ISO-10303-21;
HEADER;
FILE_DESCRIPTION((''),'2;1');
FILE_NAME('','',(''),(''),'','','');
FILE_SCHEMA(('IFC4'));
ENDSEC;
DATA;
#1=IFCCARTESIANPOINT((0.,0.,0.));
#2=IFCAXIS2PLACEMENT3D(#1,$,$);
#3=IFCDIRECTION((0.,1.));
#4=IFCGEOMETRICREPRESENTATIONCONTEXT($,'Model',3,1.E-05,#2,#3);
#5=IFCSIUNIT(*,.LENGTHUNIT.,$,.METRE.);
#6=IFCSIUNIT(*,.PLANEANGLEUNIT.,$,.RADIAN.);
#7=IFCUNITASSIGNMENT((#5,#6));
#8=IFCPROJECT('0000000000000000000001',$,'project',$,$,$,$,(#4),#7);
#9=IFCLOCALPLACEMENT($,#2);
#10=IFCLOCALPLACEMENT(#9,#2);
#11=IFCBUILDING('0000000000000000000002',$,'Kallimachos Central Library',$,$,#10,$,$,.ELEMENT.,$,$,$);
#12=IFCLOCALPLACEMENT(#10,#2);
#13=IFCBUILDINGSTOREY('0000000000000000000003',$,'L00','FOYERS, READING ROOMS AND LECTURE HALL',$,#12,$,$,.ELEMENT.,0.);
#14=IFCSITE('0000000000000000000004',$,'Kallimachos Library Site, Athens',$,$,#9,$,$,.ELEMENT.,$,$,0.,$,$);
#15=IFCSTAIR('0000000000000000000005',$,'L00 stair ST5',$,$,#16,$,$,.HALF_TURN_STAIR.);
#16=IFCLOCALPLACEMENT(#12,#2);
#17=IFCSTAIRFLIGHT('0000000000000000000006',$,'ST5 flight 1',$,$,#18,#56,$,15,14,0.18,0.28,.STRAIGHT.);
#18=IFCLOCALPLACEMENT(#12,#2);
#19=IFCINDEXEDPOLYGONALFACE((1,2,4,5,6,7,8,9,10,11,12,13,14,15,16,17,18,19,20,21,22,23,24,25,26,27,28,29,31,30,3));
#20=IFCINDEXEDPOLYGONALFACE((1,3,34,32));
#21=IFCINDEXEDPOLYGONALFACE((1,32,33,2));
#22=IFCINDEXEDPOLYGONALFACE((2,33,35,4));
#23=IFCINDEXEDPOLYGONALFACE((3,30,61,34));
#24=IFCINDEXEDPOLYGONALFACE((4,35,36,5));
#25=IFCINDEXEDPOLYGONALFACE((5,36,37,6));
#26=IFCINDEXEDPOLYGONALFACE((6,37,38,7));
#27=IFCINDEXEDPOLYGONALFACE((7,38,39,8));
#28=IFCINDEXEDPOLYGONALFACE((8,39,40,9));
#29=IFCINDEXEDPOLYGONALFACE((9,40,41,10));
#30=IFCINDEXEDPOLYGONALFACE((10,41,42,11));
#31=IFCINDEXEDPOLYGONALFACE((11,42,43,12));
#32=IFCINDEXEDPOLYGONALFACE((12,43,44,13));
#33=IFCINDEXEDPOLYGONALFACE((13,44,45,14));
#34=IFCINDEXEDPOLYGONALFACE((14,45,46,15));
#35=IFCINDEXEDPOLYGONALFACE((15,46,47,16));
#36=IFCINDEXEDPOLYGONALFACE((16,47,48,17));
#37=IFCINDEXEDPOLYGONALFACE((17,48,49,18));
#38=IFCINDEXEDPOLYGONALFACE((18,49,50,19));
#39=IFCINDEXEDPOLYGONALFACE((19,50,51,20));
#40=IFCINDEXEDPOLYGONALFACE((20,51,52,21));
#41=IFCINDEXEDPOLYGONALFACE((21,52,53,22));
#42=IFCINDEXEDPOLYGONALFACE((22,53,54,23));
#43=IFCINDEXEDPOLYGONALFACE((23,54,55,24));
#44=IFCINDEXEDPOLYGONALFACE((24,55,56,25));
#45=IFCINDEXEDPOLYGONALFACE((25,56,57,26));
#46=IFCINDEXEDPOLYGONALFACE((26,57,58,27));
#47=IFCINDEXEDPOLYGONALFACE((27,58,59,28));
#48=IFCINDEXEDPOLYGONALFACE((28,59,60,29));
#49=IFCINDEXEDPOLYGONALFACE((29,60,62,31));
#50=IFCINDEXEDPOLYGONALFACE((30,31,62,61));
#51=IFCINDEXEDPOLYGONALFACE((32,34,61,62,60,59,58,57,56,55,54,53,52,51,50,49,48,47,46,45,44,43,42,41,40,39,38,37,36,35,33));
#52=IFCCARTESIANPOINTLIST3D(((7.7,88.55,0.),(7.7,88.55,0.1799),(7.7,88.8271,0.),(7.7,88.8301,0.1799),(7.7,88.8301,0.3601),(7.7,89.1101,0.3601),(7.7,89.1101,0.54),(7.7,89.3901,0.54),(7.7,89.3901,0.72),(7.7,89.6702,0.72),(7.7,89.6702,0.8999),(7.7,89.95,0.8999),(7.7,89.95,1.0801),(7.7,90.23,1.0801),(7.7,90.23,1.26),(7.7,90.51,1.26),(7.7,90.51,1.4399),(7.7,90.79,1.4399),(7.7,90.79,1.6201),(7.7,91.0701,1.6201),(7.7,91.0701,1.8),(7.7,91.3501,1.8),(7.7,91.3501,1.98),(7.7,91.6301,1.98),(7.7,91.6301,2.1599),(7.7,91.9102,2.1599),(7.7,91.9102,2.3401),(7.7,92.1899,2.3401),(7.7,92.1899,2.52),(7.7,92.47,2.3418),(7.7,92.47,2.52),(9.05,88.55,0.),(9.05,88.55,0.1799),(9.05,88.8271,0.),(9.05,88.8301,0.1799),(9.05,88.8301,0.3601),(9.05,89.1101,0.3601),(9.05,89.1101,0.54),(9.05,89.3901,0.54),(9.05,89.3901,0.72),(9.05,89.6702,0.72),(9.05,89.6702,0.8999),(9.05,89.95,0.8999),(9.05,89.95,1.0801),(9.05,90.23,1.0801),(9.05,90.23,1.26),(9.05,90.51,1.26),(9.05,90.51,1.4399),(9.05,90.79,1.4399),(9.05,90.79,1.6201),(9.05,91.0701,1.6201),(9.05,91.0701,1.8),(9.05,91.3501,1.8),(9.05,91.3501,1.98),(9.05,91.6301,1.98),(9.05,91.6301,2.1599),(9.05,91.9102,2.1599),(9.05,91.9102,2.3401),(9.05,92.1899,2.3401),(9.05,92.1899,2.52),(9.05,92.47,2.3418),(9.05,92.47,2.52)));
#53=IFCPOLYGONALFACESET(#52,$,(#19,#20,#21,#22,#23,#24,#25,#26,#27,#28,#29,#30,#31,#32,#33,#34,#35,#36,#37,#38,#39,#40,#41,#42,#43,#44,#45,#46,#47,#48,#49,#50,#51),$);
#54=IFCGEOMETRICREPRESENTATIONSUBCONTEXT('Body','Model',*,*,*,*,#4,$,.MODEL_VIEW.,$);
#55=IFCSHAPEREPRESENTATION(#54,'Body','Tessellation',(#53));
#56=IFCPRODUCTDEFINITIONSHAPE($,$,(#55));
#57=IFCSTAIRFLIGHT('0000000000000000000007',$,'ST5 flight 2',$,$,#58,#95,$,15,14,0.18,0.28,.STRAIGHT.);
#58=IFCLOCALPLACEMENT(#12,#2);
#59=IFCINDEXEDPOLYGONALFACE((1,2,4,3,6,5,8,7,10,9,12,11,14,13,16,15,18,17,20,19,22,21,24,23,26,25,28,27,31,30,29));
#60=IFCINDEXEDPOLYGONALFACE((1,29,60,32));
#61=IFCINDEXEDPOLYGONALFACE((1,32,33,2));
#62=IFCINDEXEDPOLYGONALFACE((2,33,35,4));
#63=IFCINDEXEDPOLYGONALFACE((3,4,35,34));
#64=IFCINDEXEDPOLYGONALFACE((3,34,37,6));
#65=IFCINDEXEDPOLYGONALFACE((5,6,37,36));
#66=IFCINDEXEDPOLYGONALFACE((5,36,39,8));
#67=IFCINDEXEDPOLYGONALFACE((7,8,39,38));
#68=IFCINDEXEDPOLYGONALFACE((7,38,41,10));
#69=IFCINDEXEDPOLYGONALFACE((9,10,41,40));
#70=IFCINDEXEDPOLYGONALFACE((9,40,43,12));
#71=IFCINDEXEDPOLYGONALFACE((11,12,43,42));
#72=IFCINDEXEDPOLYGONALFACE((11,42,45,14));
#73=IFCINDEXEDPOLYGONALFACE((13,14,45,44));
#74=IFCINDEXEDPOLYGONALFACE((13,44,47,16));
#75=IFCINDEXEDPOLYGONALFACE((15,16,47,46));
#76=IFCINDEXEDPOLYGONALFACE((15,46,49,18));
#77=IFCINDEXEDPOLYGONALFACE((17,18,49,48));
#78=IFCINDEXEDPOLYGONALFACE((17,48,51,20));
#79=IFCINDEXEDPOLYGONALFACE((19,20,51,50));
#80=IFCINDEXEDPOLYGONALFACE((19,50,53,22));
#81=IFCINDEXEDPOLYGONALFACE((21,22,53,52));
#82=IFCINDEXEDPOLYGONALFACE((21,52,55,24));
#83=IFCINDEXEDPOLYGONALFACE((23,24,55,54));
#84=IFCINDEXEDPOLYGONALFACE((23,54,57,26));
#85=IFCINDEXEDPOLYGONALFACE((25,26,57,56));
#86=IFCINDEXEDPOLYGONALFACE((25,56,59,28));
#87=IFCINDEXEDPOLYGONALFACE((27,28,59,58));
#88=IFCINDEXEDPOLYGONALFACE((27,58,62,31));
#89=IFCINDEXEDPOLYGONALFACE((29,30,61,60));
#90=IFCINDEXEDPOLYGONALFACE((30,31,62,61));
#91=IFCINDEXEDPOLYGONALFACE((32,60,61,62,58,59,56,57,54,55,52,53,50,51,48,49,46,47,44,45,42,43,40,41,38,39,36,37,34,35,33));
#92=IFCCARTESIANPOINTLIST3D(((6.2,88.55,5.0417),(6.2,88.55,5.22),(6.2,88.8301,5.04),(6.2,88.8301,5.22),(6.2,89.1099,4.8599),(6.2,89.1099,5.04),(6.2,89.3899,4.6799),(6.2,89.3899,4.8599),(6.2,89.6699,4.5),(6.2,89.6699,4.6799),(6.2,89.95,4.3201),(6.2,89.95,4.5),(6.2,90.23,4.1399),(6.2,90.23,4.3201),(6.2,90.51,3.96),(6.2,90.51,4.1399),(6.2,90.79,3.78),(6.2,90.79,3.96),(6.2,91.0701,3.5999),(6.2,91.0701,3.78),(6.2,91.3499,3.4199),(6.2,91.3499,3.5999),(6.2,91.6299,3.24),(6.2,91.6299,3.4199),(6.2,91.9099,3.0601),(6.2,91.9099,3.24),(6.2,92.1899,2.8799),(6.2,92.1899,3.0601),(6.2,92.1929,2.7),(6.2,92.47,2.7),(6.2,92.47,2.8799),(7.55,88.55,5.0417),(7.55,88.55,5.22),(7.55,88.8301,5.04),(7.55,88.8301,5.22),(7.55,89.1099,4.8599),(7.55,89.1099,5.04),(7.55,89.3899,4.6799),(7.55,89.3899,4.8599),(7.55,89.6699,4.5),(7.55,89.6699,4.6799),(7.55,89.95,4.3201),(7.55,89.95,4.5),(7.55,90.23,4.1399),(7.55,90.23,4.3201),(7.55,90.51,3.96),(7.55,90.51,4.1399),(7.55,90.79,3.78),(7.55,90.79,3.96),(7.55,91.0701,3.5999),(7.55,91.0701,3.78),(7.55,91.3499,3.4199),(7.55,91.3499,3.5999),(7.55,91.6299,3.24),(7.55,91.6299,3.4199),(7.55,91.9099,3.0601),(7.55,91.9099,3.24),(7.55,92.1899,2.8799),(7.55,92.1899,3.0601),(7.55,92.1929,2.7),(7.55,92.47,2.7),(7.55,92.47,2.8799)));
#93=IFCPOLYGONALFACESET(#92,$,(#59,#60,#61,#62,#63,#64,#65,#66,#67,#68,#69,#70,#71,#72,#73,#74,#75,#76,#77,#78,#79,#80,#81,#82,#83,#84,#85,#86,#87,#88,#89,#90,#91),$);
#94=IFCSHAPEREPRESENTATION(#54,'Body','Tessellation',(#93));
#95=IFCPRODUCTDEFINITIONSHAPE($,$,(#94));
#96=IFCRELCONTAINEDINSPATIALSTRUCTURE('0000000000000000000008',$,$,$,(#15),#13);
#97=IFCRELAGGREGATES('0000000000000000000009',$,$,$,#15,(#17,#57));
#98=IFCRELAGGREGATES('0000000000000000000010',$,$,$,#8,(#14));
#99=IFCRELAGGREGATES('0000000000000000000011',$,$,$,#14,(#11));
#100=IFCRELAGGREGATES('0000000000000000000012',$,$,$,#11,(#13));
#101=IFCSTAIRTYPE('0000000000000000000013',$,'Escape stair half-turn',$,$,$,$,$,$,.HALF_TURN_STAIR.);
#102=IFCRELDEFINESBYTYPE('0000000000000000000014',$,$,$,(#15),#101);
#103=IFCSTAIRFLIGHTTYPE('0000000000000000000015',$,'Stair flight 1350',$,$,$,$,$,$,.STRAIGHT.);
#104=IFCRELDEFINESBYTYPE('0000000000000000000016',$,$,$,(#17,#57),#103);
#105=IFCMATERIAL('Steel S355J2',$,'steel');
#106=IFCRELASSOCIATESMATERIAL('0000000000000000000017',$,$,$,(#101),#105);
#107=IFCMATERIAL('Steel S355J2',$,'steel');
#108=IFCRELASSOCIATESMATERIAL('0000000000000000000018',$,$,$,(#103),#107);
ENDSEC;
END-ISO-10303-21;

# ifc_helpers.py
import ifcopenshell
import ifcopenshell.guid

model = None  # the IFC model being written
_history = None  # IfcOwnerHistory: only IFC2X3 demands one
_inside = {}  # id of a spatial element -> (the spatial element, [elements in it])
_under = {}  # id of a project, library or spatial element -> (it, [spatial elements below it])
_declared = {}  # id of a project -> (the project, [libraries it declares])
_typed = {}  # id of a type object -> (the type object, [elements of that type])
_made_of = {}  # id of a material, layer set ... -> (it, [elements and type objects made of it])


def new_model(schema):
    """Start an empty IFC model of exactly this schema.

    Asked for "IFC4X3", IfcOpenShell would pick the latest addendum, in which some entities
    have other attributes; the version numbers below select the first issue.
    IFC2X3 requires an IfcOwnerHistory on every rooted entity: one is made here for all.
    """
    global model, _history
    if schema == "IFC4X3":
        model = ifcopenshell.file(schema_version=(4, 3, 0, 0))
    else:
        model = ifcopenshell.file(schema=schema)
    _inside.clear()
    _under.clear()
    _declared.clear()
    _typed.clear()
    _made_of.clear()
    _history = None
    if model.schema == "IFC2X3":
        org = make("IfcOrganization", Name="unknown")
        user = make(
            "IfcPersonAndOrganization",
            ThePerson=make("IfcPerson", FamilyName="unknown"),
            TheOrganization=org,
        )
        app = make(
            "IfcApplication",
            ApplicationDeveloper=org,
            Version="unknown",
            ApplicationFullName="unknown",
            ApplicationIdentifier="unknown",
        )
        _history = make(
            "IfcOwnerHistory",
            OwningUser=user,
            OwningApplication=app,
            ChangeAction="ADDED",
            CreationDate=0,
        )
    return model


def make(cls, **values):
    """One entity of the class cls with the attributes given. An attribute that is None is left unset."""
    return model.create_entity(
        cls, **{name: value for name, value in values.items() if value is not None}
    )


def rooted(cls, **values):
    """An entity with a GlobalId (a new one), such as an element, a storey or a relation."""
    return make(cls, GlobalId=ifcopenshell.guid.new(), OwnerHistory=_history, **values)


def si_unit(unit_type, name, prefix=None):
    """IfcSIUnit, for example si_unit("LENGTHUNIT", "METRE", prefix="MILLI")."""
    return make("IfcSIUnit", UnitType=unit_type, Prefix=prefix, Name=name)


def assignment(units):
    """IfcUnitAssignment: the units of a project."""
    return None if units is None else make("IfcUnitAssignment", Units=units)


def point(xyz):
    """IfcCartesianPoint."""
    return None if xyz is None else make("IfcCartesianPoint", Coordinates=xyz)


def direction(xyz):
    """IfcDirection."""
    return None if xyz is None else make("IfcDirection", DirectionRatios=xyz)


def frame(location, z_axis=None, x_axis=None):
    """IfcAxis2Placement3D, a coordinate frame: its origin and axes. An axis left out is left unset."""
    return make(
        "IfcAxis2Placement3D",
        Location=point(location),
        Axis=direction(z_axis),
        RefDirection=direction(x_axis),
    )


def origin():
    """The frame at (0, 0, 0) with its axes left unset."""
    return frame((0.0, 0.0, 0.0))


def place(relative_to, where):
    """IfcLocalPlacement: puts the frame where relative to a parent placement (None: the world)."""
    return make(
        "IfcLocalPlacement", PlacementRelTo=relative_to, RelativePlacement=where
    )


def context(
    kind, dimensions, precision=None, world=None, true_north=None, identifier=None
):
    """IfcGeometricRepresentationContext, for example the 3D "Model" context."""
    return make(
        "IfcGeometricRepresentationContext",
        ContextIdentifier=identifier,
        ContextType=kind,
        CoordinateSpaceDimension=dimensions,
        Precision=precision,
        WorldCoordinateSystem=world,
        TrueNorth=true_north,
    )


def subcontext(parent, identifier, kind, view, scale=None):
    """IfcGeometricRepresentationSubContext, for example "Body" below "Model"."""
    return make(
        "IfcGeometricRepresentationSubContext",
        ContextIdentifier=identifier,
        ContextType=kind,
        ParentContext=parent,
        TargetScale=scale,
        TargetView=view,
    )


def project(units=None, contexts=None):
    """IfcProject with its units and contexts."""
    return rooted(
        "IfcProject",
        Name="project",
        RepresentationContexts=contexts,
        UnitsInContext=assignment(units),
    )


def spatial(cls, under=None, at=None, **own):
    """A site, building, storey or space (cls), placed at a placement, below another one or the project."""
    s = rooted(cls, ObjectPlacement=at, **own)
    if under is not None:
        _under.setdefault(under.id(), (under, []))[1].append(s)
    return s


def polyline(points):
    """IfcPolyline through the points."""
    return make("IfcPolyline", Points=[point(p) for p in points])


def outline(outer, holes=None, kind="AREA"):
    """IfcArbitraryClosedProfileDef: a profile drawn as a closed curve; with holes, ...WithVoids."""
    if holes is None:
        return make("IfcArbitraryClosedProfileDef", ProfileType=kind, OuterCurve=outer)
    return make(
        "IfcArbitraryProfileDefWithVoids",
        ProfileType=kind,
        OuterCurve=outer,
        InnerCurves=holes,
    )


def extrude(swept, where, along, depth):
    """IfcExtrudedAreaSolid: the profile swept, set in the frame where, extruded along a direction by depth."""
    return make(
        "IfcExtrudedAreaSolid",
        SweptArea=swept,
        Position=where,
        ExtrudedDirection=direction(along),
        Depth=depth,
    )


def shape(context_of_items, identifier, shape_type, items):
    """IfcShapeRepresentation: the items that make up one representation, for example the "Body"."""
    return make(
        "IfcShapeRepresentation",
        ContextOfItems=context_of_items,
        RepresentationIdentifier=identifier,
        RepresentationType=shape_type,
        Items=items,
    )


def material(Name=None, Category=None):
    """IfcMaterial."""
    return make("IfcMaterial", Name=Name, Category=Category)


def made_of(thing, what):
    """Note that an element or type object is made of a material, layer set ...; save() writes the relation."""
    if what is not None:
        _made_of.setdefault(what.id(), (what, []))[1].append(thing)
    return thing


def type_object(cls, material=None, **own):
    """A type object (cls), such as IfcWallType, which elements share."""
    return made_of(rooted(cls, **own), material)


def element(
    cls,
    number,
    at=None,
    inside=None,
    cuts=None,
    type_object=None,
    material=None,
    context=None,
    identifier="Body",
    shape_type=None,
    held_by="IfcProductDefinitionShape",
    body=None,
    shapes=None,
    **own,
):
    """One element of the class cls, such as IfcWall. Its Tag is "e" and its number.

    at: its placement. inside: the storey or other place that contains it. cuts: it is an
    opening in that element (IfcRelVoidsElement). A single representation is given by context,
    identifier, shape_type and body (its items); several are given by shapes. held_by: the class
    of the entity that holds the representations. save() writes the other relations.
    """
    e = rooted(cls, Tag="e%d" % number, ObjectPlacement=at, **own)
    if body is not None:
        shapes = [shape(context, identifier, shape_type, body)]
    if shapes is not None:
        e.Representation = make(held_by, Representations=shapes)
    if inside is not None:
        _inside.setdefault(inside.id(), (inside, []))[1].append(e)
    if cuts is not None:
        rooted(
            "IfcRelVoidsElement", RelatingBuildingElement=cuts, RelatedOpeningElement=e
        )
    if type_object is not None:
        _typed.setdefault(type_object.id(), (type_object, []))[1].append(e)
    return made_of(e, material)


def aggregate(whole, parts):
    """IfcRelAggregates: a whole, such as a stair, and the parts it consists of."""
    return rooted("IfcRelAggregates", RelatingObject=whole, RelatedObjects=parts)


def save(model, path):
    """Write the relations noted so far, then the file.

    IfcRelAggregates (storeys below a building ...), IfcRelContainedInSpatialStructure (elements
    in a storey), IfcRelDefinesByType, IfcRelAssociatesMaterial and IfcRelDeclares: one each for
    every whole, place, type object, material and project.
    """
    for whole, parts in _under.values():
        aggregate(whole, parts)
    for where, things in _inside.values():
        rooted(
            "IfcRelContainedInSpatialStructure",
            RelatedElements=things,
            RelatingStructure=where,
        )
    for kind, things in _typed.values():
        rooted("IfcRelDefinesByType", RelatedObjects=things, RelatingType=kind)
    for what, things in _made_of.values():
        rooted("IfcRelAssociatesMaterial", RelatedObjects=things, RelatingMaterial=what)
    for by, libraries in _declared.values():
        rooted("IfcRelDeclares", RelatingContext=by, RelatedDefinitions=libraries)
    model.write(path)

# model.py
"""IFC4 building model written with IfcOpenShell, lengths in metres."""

from ifc_helpers import new_model, si_unit, direction, frame, origin, place, context, subcontext, project, spatial, polyline, outline, extrude, material, type_object, element, aggregate, save


model = new_model("IFC4")

# Units and contexts
model_context = context("Model", 3, precision=1e-05, world=origin(), true_north=direction((0.0, 1.0)))
body_context = subcontext(model_context, "Body", "Model", "MODEL_VIEW")
ifc_project = project(units=[si_unit("LENGTHUNIT", "METRE"), si_unit("PLANEANGLEUNIT", "RADIAN")], contexts=[model_context])

# Site, building, storey
site_placement = place(None, origin())
site = spatial("IfcSite", under=ifc_project, at=site_placement, Name="Kallimachos Library Site, Athens", CompositionType="ELEMENT", RefElevation=0.0)
building_placement = place(site_placement, origin())
building = spatial("IfcBuilding", under=site, at=building_placement, Name="Kallimachos Central Library", CompositionType="ELEMENT")
storey_placement = place(building_placement, origin())
storey = spatial("IfcBuildingStorey", under=building, at=storey_placement, Name="L00", Description="FOYERS, READING ROOMS AND LECTURE HALL", CompositionType="ELEMENT", Elevation=0.0)

# Stair, stair flights
ifc_material_1 = material(Name="Steel S355J2", Category="steel")
stair_type = type_object("IfcStairType", Name="Escape stair half-turn", PredefinedType="HALF_TURN_STAIR", material=ifc_material_1)
stair_placement = place(storey_placement, origin())
stair = element("IfcStair", 1, at=stair_placement, inside=storey, type_object=stair_type, Name="L00 stair ST5", PredefinedType="HALF_TURN_STAIR")
ifc_material_2 = material(Name="Steel S355J2", Category="steel")
stair_flight_type = type_object("IfcStairFlightType", Name="Stair flight 1350", PredefinedType="STRAIGHT", material=ifc_material_2)
stair_flight_1_placement = place(storey_placement, frame((8.375, 88.55, 0.0), z_axis=(0.0, 0.0, 1.0), x_axis=(0.0, 1.0, 0.0)))
stair_flight_1 = element("IfcStairFlight", 2, at=stair_flight_1_placement, type_object=stair_flight_type, Name="ST5 flight 1", NumberOfRisers=15, NumberOfTreads=14, PredefinedType="STRAIGHT", RiserHeight=0.18, TreadLength=0.28, context=body_context, shape_type="SweptSolid", body=[
    extrude(outline(polyline([(0.0, 0.0), (0.0, 0.1799), (0.28, 0.1799), (0.28, 0.3601), (0.5601, 0.3601), (0.5601, 0.54), (0.8401, 0.54), (0.8401, 0.72), (1.1201, 0.72), (1.1201, 0.8999), (1.3999, 0.8999), (1.3999, 1.0801), (1.6799, 1.0801), (1.6799, 1.26), (1.96, 1.26), (1.96, 1.4399), (2.24, 1.4399), (2.24, 1.6201), (2.52, 1.6201), (2.52, 1.8), (2.8, 1.8), (2.8, 1.98), (3.0801, 1.98), (3.0801, 2.1599), (3.3601, 2.1599), (3.3601, 2.3401), (3.6399, 2.3401), (3.6399, 2.52), (3.9199, 2.52), (3.9199, 2.7), (3.9199, 2.3418), (0.2771, 0.0), (0.0, 0.0)])), frame((0.0, 0.675, 0.0), z_axis=(0.0, -1.0, 0.0), x_axis=(1.0, 0.0, 0.0)), (0.0, 0.0, 1.0), 1.3501),
])
stair_flight_2_placement = place(storey_placement, frame((6.875, 92.47, 2.7), z_axis=(0.0, 0.0, 1.0), x_axis=(0.0, -1.0, 0.0)))
stair_flight_2 = element("IfcStairFlight", 3, at=stair_flight_2_placement, type_object=stair_flight_type, Name="ST5 flight 2", NumberOfRisers=15, NumberOfTreads=14, PredefinedType="STRAIGHT", RiserHeight=0.18, TreadLength=0.28, context=body_context, shape_type="SweptSolid", body=[
    extrude(outline(polyline([(0.0, 0.0), (0.0, 0.1799), (0.28, 0.1799), (0.28, 0.3601), (0.5601, 0.3601), (0.5601, 0.54), (0.8401, 0.54), (0.8401, 0.72), (1.1201, 0.72), (1.1201, 0.8999), (1.3999, 0.8999), (1.3999, 1.0801), (1.6799, 1.0801), (1.6799, 1.26), (1.96, 1.26), (1.96, 1.4399), (2.24, 1.4399), (2.24, 1.6201), (2.52, 1.6201), (2.52, 1.8), (2.8, 1.8), (2.8, 1.98), (3.0801, 1.98), (3.0801, 2.1599), (3.3601, 2.1599), (3.3601, 2.3401), (3.6399, 2.3401), (3.6399, 2.52), (3.9199, 2.52), (3.9199, 2.7), (3.9199, 2.3418), (0.2771, 0.0), (0.0, 0.0)])), frame((0.0, 0.675, 0.0), z_axis=(0.0, -1.0, 0.0), x_axis=(1.0, 0.0, 0.0)), (0.0, 0.0, 1.0), 1.3501),
])
aggregate(stair, [stair_flight_1, stair_flight_2])

save(model, "model.ifc")
